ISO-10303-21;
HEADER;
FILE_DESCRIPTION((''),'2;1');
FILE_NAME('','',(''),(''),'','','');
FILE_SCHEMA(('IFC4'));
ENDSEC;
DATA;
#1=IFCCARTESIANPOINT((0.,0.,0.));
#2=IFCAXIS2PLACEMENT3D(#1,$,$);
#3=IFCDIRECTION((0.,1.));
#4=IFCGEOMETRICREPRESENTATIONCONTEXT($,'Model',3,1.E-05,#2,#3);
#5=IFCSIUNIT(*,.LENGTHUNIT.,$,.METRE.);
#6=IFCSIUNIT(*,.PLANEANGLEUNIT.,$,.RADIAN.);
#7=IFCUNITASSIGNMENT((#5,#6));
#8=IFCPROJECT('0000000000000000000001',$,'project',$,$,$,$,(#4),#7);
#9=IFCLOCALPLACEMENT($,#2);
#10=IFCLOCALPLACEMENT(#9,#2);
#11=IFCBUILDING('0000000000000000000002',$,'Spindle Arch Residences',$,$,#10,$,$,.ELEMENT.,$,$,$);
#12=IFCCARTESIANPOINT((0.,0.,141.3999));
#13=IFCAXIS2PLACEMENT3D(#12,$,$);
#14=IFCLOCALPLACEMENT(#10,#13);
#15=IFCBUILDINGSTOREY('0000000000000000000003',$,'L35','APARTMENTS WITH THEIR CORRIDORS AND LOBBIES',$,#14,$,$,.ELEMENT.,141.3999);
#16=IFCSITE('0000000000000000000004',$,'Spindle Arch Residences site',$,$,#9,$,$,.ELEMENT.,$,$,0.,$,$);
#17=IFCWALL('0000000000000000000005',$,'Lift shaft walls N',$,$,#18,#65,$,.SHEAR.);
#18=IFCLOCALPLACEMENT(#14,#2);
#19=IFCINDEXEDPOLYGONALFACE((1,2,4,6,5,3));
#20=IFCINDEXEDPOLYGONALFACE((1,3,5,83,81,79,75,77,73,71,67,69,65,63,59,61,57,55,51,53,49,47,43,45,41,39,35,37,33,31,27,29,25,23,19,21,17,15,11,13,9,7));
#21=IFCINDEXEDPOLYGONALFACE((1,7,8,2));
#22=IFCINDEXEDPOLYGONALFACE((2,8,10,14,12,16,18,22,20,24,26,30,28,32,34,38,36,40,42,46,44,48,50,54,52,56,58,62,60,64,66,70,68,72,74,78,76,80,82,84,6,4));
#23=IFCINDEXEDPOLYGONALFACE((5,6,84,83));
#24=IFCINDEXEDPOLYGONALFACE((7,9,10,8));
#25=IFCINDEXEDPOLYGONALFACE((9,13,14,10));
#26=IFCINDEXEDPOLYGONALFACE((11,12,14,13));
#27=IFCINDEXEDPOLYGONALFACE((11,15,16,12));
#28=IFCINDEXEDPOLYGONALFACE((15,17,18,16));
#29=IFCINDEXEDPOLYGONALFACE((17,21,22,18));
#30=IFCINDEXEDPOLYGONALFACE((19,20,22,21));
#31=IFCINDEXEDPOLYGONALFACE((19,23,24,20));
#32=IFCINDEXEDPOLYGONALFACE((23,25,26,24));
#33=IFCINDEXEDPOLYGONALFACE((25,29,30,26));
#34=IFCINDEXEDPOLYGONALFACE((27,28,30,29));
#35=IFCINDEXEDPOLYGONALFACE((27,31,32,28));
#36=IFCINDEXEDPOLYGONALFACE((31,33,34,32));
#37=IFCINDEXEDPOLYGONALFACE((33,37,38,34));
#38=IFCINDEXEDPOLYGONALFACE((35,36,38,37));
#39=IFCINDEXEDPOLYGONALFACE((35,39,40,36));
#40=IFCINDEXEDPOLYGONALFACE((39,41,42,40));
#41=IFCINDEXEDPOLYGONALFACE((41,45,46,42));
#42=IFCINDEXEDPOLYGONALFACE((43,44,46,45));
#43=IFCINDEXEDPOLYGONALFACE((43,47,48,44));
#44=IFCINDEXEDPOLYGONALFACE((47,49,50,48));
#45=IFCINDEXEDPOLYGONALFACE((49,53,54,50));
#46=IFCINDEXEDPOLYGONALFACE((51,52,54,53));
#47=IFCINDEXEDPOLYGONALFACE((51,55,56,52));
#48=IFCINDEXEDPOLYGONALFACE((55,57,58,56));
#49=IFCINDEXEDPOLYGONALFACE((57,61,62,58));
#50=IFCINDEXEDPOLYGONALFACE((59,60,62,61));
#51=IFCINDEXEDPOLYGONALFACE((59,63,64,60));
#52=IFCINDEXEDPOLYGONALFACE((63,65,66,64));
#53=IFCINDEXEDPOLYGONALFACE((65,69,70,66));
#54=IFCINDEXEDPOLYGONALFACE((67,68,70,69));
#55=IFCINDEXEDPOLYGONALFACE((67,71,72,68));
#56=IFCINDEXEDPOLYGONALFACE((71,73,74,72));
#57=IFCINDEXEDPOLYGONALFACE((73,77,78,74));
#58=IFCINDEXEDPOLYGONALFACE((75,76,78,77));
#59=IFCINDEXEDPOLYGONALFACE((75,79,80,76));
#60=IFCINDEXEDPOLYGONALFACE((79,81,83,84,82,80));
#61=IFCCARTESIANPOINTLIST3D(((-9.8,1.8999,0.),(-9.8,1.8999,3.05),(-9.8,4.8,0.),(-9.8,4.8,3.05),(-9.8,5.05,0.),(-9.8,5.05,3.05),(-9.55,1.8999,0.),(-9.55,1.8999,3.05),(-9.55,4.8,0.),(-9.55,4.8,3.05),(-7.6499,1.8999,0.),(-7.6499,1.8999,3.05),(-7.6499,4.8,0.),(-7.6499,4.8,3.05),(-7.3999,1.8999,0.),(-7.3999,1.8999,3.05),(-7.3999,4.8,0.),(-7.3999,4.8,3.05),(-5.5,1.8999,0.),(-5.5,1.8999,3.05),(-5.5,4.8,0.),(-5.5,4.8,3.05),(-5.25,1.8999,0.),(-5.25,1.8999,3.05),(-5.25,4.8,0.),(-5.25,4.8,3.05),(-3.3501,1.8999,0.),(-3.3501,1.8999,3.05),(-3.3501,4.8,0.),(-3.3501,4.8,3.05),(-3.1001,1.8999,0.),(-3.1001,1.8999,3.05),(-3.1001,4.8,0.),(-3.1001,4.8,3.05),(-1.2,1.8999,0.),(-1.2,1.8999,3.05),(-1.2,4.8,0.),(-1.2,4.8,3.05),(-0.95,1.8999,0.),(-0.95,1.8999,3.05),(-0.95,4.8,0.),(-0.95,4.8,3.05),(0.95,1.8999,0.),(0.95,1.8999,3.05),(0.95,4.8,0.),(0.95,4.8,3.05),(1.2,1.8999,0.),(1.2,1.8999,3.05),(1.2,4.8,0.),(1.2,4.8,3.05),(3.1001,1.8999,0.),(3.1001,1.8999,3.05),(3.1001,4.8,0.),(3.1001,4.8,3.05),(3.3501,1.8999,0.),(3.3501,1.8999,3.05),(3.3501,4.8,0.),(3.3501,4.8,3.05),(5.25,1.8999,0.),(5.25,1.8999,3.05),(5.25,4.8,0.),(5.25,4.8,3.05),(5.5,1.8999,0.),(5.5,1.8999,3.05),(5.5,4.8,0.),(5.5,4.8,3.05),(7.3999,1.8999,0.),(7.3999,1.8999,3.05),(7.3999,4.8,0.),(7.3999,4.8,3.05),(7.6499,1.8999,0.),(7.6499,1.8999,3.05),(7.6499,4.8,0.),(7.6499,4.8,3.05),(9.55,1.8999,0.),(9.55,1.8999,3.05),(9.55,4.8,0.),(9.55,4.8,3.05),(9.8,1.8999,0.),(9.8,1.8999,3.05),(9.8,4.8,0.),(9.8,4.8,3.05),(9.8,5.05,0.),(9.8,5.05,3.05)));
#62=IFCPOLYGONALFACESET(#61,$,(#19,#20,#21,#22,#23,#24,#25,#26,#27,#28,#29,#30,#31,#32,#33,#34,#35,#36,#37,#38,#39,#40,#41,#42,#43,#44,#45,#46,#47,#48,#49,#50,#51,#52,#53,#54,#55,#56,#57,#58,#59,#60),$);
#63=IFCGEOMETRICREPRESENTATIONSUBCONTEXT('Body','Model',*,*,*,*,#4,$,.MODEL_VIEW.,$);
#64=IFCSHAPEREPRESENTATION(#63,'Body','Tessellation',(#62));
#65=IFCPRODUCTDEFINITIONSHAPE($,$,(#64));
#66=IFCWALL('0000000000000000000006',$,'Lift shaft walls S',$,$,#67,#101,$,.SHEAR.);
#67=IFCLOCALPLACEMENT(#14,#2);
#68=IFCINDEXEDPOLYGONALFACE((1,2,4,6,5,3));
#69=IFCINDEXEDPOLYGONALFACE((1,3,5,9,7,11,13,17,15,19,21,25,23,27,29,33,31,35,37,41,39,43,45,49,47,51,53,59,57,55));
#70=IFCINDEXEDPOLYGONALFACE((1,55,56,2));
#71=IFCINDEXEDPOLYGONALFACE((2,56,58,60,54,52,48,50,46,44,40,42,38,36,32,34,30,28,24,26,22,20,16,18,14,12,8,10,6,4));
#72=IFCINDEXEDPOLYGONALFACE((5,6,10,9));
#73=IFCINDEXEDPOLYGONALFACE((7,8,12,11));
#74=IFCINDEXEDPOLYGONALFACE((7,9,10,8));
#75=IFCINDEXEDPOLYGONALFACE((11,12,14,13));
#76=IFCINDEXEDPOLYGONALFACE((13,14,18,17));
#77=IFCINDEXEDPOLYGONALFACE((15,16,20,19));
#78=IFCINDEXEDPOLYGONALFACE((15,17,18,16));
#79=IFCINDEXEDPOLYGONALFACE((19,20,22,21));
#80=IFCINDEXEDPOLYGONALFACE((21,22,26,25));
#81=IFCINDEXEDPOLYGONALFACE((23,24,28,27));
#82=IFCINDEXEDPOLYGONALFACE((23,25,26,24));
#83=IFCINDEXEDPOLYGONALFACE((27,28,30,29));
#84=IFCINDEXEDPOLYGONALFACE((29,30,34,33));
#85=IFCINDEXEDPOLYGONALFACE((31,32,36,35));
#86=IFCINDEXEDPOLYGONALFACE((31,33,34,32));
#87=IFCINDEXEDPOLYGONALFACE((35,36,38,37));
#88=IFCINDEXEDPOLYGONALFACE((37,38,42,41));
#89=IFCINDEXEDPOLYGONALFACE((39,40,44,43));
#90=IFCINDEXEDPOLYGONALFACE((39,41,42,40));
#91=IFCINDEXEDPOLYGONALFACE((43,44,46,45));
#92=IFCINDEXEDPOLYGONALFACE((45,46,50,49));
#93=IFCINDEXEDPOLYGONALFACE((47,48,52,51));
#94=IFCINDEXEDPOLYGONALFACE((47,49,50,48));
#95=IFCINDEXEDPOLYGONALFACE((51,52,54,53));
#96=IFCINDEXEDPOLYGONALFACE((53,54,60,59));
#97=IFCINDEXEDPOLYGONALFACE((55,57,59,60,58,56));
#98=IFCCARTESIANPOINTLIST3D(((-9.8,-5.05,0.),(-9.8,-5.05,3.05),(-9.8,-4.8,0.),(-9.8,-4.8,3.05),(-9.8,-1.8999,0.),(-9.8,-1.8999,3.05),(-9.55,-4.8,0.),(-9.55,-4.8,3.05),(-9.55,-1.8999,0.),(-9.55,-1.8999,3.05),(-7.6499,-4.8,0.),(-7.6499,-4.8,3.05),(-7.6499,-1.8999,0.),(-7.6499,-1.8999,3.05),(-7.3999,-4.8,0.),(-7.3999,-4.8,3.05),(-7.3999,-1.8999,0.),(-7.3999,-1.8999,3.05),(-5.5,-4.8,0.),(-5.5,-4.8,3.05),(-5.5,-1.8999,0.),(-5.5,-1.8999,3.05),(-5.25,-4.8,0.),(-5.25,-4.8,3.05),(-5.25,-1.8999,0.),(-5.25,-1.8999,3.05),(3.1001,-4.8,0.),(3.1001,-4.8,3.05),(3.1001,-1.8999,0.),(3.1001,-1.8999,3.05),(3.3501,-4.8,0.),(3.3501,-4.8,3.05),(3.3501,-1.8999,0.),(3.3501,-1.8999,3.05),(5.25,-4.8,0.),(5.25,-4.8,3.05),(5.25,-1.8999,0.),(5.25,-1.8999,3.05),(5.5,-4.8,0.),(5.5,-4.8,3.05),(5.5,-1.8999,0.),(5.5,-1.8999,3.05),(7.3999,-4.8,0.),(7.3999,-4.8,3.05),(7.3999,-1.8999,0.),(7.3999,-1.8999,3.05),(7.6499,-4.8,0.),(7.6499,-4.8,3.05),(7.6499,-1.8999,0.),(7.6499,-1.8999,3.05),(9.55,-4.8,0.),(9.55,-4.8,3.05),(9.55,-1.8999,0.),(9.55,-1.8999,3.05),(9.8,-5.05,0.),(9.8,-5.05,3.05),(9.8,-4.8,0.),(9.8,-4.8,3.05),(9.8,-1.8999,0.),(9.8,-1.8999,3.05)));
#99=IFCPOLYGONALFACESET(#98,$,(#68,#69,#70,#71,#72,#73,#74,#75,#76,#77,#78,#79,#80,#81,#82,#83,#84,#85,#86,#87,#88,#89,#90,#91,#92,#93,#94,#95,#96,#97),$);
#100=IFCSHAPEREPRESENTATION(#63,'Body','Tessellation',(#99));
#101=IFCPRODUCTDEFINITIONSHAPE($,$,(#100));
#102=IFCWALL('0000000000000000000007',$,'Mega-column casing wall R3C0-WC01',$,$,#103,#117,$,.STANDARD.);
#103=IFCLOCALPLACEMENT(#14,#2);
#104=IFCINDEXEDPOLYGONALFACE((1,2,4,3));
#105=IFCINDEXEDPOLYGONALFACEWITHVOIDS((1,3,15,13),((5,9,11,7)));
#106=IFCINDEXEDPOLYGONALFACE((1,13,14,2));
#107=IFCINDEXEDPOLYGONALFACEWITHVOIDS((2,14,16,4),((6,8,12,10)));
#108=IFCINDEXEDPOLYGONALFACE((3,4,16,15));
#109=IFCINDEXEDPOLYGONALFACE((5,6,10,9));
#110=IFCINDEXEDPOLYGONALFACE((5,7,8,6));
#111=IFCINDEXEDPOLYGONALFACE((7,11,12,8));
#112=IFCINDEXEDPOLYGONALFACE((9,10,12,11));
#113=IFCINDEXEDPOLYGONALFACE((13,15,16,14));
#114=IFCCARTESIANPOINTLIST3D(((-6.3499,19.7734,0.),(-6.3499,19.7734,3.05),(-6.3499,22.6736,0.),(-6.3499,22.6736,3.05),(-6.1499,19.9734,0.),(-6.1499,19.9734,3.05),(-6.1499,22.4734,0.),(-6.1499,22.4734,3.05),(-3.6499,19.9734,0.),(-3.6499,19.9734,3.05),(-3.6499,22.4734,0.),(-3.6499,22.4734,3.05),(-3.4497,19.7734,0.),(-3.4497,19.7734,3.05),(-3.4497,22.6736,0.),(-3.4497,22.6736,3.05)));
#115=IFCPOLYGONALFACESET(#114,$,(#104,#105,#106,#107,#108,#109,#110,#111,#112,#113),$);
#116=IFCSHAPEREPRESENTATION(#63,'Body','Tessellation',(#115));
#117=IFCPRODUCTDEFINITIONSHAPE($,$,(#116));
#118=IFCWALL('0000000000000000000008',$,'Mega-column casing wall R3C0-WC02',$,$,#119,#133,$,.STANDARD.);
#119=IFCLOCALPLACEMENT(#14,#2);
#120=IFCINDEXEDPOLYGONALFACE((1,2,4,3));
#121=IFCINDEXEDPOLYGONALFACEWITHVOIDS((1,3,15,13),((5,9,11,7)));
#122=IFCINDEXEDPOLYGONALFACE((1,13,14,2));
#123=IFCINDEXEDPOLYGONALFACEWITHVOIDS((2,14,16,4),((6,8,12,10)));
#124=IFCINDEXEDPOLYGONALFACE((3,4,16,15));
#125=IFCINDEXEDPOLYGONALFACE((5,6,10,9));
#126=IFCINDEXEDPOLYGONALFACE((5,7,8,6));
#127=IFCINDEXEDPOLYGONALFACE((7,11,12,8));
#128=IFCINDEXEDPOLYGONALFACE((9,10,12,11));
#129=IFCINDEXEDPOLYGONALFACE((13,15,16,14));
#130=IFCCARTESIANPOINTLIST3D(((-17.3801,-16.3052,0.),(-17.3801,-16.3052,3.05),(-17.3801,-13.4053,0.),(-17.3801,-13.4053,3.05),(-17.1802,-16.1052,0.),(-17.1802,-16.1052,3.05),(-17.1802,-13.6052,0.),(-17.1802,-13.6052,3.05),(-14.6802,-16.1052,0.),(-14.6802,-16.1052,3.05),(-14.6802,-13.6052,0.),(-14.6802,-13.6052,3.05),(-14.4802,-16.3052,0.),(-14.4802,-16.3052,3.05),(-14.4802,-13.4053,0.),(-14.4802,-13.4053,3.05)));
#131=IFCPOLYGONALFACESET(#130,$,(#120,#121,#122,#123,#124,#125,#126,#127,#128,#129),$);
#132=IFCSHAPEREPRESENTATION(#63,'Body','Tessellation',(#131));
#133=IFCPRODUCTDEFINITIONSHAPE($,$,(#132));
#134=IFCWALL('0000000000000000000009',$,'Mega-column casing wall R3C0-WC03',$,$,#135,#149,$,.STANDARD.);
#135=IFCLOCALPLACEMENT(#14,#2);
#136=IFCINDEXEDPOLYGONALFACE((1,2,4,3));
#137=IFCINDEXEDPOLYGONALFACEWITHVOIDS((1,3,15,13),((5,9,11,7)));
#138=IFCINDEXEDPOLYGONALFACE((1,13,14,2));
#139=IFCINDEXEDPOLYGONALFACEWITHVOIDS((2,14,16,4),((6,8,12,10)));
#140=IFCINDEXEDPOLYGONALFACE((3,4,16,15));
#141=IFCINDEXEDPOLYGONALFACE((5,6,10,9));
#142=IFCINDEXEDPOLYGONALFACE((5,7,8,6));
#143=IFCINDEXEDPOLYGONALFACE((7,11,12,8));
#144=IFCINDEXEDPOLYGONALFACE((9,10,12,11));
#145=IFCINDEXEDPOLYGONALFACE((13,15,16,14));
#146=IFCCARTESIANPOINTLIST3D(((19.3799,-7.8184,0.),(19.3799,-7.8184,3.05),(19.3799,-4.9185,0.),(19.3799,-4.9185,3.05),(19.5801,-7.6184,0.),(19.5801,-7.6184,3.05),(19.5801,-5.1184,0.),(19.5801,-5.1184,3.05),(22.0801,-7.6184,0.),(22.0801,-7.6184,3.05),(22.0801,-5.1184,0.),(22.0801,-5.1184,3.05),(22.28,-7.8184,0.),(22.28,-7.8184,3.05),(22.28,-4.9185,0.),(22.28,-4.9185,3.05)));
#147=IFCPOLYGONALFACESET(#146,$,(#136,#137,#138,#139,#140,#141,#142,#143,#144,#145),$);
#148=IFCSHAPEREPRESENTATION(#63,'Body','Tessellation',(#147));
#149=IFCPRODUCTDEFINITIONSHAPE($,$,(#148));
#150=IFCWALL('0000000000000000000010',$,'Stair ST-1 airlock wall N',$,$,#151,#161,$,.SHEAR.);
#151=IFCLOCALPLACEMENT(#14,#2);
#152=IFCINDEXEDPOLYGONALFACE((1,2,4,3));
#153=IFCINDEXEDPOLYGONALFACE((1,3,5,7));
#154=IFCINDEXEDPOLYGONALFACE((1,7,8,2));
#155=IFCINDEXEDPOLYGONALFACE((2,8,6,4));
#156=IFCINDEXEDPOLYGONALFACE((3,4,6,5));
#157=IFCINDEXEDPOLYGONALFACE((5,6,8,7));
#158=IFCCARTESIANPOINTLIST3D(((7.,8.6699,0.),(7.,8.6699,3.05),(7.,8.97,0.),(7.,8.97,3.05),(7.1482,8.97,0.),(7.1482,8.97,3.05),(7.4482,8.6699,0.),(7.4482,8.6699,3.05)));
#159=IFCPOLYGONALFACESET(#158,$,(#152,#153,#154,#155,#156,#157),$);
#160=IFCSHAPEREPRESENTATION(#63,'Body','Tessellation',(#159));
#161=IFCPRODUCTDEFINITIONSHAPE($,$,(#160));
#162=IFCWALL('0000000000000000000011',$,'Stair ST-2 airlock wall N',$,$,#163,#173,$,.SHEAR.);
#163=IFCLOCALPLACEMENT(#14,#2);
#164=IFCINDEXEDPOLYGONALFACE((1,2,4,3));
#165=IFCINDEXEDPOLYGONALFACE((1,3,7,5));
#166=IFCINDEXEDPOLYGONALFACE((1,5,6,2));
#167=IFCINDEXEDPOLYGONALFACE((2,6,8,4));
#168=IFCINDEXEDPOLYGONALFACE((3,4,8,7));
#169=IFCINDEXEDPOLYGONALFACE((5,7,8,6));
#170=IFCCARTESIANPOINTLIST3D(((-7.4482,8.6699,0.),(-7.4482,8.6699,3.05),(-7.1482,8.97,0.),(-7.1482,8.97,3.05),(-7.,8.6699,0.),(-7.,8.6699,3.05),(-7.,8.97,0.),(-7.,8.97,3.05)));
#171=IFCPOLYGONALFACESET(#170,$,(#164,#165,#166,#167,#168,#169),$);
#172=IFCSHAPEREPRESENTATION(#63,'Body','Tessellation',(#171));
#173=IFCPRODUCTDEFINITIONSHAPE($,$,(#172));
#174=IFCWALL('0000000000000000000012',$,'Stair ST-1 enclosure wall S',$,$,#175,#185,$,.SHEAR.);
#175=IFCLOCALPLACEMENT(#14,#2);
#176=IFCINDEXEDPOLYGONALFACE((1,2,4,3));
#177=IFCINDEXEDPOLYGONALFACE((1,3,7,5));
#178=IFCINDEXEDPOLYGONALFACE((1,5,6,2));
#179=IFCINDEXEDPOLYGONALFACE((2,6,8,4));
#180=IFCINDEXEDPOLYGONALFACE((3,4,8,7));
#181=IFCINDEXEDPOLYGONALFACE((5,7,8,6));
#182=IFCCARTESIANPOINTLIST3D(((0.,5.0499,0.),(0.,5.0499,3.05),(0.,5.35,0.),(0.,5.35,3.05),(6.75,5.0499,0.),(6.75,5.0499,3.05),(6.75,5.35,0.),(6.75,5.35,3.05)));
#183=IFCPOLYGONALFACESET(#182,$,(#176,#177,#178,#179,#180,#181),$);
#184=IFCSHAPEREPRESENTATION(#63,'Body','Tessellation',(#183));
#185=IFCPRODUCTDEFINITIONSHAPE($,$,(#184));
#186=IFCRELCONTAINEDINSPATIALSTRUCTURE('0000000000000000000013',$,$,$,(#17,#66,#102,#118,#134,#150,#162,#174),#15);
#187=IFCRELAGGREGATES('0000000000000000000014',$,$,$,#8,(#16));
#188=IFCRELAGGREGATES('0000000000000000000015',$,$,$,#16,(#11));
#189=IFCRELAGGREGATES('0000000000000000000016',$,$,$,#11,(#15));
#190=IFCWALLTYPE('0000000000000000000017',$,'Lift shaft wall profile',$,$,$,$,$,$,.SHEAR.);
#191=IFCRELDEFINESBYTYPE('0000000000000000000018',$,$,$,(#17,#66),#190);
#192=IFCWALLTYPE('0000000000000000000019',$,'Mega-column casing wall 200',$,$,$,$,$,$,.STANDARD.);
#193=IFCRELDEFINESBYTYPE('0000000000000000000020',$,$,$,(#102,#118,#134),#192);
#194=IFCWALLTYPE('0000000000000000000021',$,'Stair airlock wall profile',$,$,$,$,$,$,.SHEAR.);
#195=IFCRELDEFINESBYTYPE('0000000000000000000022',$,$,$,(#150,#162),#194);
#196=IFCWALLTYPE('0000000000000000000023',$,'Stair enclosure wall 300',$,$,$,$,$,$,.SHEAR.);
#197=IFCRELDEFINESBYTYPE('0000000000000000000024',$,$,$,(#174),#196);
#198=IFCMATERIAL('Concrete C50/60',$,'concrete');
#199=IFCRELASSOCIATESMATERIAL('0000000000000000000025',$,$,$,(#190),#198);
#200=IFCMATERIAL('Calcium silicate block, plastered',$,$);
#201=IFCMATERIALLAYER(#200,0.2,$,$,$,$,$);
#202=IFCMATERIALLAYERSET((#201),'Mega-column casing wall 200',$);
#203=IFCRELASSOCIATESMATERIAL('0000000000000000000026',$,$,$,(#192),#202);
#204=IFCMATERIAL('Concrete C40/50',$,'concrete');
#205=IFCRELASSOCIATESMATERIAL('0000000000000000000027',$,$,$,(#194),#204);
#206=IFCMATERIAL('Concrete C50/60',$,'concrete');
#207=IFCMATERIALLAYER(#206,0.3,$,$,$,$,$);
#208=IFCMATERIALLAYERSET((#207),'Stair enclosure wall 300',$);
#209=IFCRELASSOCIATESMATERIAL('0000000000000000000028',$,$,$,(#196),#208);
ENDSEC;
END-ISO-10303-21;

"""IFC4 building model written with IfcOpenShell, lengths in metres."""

from ifc_helpers import new_model, si_unit, direction, frame, frame_2d, origin, place, context, subcontext, project, spatial, polyline, rectangle, outline, extrude, material, layer, layer_set, type_object, element, save


model = new_model("IFC4")

# Units and contexts
model_context = context("Model", 3, precision=1e-05, world=origin(), true_north=direction((0.0, 1.0)))
body_context = subcontext(model_context, "Body", "Model", "MODEL_VIEW")
ifc_project = project(units=[si_unit("LENGTHUNIT", "METRE"), si_unit("PLANEANGLEUNIT", "RADIAN")], contexts=[model_context])

# Site, building, storey
site_placement = place(None, origin())
site = spatial("IfcSite", under=ifc_project, at=site_placement, Name="Spindle Arch Residences site", CompositionType="ELEMENT", RefElevation=0.0)
building_placement = place(site_placement, origin())
building = spatial("IfcBuilding", under=site, at=building_placement, Name="Spindle Arch Residences", CompositionType="ELEMENT")
storey_placement = place(building_placement, frame((0.0, 0.0, 141.3999)))
storey = spatial("IfcBuildingStorey", under=building, at=storey_placement, Name="L35", Description="APARTMENTS WITH THEIR CORRIDORS AND LOBBIES", CompositionType="ELEMENT", Elevation=141.3999)

# Walls
ifc_material_1 = material(Name="Concrete C50/60", Category="concrete")
wall_type_1 = type_object("IfcWallType", Name="Lift shaft wall profile", PredefinedType="SHEAR", material=ifc_material_1)
wall_1_placement = place(storey_placement, origin())
element("IfcWall", 1, at=wall_1_placement, inside=storey, type_object=wall_type_1, Name="Lift shaft walls N", PredefinedType="SHEAR", context=body_context, shape_type="SweptSolid", body=[
    extrude(outline(polyline([(-9.55, 4.8), (-7.6499, 4.8), (-7.6499, 1.8999), (-7.3999, 1.8999), (-7.3999, 4.8), (-5.5, 4.8), (-5.5, 1.8999), (-5.25, 1.8999), (-5.25, 4.8), (-3.3501, 4.8), (-3.3501, 1.8999), (-3.1001, 1.8999), (-3.1001, 4.8), (-1.2, 4.8), (-1.2, 1.8999), (-0.95, 1.8999), (-0.95, 4.8), (0.95, 4.8), (0.95, 1.8999), (1.2, 1.8999), (1.2, 4.8), (3.1001, 4.8), (3.1001, 1.8999), (3.3501, 1.8999), (3.3501, 4.8), (5.25, 4.8), (5.25, 1.8999), (5.5, 1.8999), (5.5, 4.8), (7.3999, 4.8), (7.3999, 1.8999), (7.6499, 1.8999), (7.6499, 4.8), (9.55, 4.8), (9.55, 1.8999), (9.8, 1.8999), (9.8, 4.8), (9.8, 5.05), (-9.8, 5.05), (-9.8, 4.8), (-9.8, 1.8999), (-9.55, 1.8999), (-9.55, 4.8)])), origin(), (0.0, 0.0, 1.0), 3.05),
])
wall_2_placement = place(storey_placement, origin())
element("IfcWall", 2, at=wall_2_placement, inside=storey, type_object=wall_type_1, Name="Lift shaft walls S", PredefinedType="SHEAR", context=body_context, shape_type="SweptSolid", body=[
    extrude(outline(polyline([(9.8, -5.05), (9.8, -4.8), (9.8, -1.8999), (9.55, -1.8999), (9.55, -4.8), (7.6499, -4.8), (7.6499, -1.8999), (7.3999, -1.8999), (7.3999, -4.8), (5.5, -4.8), (5.5, -1.8999), (5.25, -1.8999), (5.25, -4.8), (3.3501, -4.8), (3.3501, -1.8999), (3.1001, -1.8999), (3.1001, -4.8), (-5.25, -4.8), (-5.25, -1.8999), (-5.5, -1.8999), (-5.5, -4.8), (-7.3999, -4.8), (-7.3999, -1.8999), (-7.6499, -1.8999), (-7.6499, -4.8), (-9.55, -4.8), (-9.55, -1.8999), (-9.8, -1.8999), (-9.8, -4.8), (-9.8, -5.05), (9.8, -5.05)])), origin(), (0.0, 0.0, 1.0), 3.05),
])
ifc_material_2 = material(Name="Calcium silicate block, plastered")
ifc_layer_1 = layer(ifc_material_2, 0.2)
ifc_layer_set_1 = layer_set([ifc_layer_1], Name="Mega-column casing wall 200")
wall_type_2 = type_object("IfcWallType", Name="Mega-column casing wall 200", PredefinedType="STANDARD", material=ifc_layer_set_1)
wall_3_placement = place(storey_placement, origin())
element("IfcWall", 3, at=wall_3_placement, inside=storey, type_object=wall_type_2, Name="Mega-column casing wall R3C0-WC01", PredefinedType="STANDARD", context=body_context, shape_type="SweptSolid", body=[
    extrude(outline(polyline([(-3.4497, 22.6736), (-3.4497, 19.7734), (-6.3499, 19.7734), (-6.3499, 22.6736), (-3.4497, 22.6736)]), holes=[polyline([(-6.1499, 19.9734), (-3.6499, 19.9734), (-3.6499, 22.4734), (-6.1499, 22.4734), (-6.1499, 19.9734)])]), origin(), (0.0, 0.0, 1.0), 3.05),
])
wall_4_placement = place(storey_placement, origin())
element("IfcWall", 4, at=wall_4_placement, inside=storey, type_object=wall_type_2, Name="Mega-column casing wall R3C0-WC02", PredefinedType="STANDARD", context=body_context, shape_type="SweptSolid", body=[
    extrude(outline(polyline([(-14.4802, -13.4053), (-14.4802, -16.3052), (-17.3801, -16.3052), (-17.3801, -13.4053), (-14.4802, -13.4053)]), holes=[polyline([(-17.1802, -16.1052), (-14.6802, -16.1052), (-14.6802, -13.6052), (-17.1802, -13.6052), (-17.1802, -16.1052)])]), origin(), (0.0, 0.0, 1.0), 3.05),
])
wall_5_placement = place(storey_placement, origin())
element("IfcWall", 5, at=wall_5_placement, inside=storey, type_object=wall_type_2, Name="Mega-column casing wall R3C0-WC03", PredefinedType="STANDARD", context=body_context, shape_type="SweptSolid", body=[
    extrude(outline(polyline([(22.28, -4.9185), (22.28, -7.8184), (19.3799, -7.8184), (19.3799, -4.9185), (22.28, -4.9185)]), holes=[polyline([(19.5801, -7.6184), (22.0801, -7.6184), (22.0801, -5.1184), (19.5801, -5.1184), (19.5801, -7.6184)])]), origin(), (0.0, 0.0, 1.0), 3.05),
])
ifc_material_3 = material(Name="Concrete C40/50", Category="concrete")
wall_type_3 = type_object("IfcWallType", Name="Stair airlock wall profile", PredefinedType="SHEAR", material=ifc_material_3)
wall_6_placement = place(storey_placement, origin())
element("IfcWall", 6, at=wall_6_placement, inside=storey, type_object=wall_type_3, Name="Stair ST-1 airlock wall N", PredefinedType="SHEAR", context=body_context, shape_type="SweptSolid", body=[
    extrude(outline(polyline([(7.4482, 8.6699), (7.0, 8.6699), (7.0, 8.97), (7.1482, 8.97), (7.4482, 8.6699)])), origin(), (0.0, 0.0, 1.0), 3.05),
])
wall_7_placement = place(storey_placement, origin())
element("IfcWall", 7, at=wall_7_placement, inside=storey, type_object=wall_type_3, Name="Stair ST-2 airlock wall N", PredefinedType="SHEAR", context=body_context, shape_type="SweptSolid", body=[
    extrude(outline(polyline([(-7.1482, 8.97), (-7.0, 8.97), (-7.0, 8.6699), (-7.4482, 8.6699), (-7.1482, 8.97)])), origin(), (0.0, 0.0, 1.0), 3.05),
])
ifc_material_4 = material(Name="Concrete C50/60", Category="concrete")
ifc_layer_2 = layer(ifc_material_4, 0.3)
ifc_layer_set_2 = layer_set([ifc_layer_2], Name="Stair enclosure wall 300")
wall_type_4 = type_object("IfcWallType", Name="Stair enclosure wall 300", PredefinedType="SHEAR", material=ifc_layer_set_2)
wall_8_placement = place(storey_placement, frame((0.0, 5.2, 0.0), z_axis=(0.0, 0.0, 1.0), x_axis=(1.0, 0.0, 0.0)))
element("IfcWall", 8, at=wall_8_placement, inside=storey, type_object=wall_type_4, Name="Stair ST-1 enclosure wall S", PredefinedType="SHEAR", context=body_context, shape_type="SweptSolid", body=[
    extrude(rectangle(XDim=6.75, YDim=0.3, at=frame_2d((3.375, 0.0))), origin(), (0.0, 0.0, 1.0), 3.05),
])

save(model, "model.ifc")
